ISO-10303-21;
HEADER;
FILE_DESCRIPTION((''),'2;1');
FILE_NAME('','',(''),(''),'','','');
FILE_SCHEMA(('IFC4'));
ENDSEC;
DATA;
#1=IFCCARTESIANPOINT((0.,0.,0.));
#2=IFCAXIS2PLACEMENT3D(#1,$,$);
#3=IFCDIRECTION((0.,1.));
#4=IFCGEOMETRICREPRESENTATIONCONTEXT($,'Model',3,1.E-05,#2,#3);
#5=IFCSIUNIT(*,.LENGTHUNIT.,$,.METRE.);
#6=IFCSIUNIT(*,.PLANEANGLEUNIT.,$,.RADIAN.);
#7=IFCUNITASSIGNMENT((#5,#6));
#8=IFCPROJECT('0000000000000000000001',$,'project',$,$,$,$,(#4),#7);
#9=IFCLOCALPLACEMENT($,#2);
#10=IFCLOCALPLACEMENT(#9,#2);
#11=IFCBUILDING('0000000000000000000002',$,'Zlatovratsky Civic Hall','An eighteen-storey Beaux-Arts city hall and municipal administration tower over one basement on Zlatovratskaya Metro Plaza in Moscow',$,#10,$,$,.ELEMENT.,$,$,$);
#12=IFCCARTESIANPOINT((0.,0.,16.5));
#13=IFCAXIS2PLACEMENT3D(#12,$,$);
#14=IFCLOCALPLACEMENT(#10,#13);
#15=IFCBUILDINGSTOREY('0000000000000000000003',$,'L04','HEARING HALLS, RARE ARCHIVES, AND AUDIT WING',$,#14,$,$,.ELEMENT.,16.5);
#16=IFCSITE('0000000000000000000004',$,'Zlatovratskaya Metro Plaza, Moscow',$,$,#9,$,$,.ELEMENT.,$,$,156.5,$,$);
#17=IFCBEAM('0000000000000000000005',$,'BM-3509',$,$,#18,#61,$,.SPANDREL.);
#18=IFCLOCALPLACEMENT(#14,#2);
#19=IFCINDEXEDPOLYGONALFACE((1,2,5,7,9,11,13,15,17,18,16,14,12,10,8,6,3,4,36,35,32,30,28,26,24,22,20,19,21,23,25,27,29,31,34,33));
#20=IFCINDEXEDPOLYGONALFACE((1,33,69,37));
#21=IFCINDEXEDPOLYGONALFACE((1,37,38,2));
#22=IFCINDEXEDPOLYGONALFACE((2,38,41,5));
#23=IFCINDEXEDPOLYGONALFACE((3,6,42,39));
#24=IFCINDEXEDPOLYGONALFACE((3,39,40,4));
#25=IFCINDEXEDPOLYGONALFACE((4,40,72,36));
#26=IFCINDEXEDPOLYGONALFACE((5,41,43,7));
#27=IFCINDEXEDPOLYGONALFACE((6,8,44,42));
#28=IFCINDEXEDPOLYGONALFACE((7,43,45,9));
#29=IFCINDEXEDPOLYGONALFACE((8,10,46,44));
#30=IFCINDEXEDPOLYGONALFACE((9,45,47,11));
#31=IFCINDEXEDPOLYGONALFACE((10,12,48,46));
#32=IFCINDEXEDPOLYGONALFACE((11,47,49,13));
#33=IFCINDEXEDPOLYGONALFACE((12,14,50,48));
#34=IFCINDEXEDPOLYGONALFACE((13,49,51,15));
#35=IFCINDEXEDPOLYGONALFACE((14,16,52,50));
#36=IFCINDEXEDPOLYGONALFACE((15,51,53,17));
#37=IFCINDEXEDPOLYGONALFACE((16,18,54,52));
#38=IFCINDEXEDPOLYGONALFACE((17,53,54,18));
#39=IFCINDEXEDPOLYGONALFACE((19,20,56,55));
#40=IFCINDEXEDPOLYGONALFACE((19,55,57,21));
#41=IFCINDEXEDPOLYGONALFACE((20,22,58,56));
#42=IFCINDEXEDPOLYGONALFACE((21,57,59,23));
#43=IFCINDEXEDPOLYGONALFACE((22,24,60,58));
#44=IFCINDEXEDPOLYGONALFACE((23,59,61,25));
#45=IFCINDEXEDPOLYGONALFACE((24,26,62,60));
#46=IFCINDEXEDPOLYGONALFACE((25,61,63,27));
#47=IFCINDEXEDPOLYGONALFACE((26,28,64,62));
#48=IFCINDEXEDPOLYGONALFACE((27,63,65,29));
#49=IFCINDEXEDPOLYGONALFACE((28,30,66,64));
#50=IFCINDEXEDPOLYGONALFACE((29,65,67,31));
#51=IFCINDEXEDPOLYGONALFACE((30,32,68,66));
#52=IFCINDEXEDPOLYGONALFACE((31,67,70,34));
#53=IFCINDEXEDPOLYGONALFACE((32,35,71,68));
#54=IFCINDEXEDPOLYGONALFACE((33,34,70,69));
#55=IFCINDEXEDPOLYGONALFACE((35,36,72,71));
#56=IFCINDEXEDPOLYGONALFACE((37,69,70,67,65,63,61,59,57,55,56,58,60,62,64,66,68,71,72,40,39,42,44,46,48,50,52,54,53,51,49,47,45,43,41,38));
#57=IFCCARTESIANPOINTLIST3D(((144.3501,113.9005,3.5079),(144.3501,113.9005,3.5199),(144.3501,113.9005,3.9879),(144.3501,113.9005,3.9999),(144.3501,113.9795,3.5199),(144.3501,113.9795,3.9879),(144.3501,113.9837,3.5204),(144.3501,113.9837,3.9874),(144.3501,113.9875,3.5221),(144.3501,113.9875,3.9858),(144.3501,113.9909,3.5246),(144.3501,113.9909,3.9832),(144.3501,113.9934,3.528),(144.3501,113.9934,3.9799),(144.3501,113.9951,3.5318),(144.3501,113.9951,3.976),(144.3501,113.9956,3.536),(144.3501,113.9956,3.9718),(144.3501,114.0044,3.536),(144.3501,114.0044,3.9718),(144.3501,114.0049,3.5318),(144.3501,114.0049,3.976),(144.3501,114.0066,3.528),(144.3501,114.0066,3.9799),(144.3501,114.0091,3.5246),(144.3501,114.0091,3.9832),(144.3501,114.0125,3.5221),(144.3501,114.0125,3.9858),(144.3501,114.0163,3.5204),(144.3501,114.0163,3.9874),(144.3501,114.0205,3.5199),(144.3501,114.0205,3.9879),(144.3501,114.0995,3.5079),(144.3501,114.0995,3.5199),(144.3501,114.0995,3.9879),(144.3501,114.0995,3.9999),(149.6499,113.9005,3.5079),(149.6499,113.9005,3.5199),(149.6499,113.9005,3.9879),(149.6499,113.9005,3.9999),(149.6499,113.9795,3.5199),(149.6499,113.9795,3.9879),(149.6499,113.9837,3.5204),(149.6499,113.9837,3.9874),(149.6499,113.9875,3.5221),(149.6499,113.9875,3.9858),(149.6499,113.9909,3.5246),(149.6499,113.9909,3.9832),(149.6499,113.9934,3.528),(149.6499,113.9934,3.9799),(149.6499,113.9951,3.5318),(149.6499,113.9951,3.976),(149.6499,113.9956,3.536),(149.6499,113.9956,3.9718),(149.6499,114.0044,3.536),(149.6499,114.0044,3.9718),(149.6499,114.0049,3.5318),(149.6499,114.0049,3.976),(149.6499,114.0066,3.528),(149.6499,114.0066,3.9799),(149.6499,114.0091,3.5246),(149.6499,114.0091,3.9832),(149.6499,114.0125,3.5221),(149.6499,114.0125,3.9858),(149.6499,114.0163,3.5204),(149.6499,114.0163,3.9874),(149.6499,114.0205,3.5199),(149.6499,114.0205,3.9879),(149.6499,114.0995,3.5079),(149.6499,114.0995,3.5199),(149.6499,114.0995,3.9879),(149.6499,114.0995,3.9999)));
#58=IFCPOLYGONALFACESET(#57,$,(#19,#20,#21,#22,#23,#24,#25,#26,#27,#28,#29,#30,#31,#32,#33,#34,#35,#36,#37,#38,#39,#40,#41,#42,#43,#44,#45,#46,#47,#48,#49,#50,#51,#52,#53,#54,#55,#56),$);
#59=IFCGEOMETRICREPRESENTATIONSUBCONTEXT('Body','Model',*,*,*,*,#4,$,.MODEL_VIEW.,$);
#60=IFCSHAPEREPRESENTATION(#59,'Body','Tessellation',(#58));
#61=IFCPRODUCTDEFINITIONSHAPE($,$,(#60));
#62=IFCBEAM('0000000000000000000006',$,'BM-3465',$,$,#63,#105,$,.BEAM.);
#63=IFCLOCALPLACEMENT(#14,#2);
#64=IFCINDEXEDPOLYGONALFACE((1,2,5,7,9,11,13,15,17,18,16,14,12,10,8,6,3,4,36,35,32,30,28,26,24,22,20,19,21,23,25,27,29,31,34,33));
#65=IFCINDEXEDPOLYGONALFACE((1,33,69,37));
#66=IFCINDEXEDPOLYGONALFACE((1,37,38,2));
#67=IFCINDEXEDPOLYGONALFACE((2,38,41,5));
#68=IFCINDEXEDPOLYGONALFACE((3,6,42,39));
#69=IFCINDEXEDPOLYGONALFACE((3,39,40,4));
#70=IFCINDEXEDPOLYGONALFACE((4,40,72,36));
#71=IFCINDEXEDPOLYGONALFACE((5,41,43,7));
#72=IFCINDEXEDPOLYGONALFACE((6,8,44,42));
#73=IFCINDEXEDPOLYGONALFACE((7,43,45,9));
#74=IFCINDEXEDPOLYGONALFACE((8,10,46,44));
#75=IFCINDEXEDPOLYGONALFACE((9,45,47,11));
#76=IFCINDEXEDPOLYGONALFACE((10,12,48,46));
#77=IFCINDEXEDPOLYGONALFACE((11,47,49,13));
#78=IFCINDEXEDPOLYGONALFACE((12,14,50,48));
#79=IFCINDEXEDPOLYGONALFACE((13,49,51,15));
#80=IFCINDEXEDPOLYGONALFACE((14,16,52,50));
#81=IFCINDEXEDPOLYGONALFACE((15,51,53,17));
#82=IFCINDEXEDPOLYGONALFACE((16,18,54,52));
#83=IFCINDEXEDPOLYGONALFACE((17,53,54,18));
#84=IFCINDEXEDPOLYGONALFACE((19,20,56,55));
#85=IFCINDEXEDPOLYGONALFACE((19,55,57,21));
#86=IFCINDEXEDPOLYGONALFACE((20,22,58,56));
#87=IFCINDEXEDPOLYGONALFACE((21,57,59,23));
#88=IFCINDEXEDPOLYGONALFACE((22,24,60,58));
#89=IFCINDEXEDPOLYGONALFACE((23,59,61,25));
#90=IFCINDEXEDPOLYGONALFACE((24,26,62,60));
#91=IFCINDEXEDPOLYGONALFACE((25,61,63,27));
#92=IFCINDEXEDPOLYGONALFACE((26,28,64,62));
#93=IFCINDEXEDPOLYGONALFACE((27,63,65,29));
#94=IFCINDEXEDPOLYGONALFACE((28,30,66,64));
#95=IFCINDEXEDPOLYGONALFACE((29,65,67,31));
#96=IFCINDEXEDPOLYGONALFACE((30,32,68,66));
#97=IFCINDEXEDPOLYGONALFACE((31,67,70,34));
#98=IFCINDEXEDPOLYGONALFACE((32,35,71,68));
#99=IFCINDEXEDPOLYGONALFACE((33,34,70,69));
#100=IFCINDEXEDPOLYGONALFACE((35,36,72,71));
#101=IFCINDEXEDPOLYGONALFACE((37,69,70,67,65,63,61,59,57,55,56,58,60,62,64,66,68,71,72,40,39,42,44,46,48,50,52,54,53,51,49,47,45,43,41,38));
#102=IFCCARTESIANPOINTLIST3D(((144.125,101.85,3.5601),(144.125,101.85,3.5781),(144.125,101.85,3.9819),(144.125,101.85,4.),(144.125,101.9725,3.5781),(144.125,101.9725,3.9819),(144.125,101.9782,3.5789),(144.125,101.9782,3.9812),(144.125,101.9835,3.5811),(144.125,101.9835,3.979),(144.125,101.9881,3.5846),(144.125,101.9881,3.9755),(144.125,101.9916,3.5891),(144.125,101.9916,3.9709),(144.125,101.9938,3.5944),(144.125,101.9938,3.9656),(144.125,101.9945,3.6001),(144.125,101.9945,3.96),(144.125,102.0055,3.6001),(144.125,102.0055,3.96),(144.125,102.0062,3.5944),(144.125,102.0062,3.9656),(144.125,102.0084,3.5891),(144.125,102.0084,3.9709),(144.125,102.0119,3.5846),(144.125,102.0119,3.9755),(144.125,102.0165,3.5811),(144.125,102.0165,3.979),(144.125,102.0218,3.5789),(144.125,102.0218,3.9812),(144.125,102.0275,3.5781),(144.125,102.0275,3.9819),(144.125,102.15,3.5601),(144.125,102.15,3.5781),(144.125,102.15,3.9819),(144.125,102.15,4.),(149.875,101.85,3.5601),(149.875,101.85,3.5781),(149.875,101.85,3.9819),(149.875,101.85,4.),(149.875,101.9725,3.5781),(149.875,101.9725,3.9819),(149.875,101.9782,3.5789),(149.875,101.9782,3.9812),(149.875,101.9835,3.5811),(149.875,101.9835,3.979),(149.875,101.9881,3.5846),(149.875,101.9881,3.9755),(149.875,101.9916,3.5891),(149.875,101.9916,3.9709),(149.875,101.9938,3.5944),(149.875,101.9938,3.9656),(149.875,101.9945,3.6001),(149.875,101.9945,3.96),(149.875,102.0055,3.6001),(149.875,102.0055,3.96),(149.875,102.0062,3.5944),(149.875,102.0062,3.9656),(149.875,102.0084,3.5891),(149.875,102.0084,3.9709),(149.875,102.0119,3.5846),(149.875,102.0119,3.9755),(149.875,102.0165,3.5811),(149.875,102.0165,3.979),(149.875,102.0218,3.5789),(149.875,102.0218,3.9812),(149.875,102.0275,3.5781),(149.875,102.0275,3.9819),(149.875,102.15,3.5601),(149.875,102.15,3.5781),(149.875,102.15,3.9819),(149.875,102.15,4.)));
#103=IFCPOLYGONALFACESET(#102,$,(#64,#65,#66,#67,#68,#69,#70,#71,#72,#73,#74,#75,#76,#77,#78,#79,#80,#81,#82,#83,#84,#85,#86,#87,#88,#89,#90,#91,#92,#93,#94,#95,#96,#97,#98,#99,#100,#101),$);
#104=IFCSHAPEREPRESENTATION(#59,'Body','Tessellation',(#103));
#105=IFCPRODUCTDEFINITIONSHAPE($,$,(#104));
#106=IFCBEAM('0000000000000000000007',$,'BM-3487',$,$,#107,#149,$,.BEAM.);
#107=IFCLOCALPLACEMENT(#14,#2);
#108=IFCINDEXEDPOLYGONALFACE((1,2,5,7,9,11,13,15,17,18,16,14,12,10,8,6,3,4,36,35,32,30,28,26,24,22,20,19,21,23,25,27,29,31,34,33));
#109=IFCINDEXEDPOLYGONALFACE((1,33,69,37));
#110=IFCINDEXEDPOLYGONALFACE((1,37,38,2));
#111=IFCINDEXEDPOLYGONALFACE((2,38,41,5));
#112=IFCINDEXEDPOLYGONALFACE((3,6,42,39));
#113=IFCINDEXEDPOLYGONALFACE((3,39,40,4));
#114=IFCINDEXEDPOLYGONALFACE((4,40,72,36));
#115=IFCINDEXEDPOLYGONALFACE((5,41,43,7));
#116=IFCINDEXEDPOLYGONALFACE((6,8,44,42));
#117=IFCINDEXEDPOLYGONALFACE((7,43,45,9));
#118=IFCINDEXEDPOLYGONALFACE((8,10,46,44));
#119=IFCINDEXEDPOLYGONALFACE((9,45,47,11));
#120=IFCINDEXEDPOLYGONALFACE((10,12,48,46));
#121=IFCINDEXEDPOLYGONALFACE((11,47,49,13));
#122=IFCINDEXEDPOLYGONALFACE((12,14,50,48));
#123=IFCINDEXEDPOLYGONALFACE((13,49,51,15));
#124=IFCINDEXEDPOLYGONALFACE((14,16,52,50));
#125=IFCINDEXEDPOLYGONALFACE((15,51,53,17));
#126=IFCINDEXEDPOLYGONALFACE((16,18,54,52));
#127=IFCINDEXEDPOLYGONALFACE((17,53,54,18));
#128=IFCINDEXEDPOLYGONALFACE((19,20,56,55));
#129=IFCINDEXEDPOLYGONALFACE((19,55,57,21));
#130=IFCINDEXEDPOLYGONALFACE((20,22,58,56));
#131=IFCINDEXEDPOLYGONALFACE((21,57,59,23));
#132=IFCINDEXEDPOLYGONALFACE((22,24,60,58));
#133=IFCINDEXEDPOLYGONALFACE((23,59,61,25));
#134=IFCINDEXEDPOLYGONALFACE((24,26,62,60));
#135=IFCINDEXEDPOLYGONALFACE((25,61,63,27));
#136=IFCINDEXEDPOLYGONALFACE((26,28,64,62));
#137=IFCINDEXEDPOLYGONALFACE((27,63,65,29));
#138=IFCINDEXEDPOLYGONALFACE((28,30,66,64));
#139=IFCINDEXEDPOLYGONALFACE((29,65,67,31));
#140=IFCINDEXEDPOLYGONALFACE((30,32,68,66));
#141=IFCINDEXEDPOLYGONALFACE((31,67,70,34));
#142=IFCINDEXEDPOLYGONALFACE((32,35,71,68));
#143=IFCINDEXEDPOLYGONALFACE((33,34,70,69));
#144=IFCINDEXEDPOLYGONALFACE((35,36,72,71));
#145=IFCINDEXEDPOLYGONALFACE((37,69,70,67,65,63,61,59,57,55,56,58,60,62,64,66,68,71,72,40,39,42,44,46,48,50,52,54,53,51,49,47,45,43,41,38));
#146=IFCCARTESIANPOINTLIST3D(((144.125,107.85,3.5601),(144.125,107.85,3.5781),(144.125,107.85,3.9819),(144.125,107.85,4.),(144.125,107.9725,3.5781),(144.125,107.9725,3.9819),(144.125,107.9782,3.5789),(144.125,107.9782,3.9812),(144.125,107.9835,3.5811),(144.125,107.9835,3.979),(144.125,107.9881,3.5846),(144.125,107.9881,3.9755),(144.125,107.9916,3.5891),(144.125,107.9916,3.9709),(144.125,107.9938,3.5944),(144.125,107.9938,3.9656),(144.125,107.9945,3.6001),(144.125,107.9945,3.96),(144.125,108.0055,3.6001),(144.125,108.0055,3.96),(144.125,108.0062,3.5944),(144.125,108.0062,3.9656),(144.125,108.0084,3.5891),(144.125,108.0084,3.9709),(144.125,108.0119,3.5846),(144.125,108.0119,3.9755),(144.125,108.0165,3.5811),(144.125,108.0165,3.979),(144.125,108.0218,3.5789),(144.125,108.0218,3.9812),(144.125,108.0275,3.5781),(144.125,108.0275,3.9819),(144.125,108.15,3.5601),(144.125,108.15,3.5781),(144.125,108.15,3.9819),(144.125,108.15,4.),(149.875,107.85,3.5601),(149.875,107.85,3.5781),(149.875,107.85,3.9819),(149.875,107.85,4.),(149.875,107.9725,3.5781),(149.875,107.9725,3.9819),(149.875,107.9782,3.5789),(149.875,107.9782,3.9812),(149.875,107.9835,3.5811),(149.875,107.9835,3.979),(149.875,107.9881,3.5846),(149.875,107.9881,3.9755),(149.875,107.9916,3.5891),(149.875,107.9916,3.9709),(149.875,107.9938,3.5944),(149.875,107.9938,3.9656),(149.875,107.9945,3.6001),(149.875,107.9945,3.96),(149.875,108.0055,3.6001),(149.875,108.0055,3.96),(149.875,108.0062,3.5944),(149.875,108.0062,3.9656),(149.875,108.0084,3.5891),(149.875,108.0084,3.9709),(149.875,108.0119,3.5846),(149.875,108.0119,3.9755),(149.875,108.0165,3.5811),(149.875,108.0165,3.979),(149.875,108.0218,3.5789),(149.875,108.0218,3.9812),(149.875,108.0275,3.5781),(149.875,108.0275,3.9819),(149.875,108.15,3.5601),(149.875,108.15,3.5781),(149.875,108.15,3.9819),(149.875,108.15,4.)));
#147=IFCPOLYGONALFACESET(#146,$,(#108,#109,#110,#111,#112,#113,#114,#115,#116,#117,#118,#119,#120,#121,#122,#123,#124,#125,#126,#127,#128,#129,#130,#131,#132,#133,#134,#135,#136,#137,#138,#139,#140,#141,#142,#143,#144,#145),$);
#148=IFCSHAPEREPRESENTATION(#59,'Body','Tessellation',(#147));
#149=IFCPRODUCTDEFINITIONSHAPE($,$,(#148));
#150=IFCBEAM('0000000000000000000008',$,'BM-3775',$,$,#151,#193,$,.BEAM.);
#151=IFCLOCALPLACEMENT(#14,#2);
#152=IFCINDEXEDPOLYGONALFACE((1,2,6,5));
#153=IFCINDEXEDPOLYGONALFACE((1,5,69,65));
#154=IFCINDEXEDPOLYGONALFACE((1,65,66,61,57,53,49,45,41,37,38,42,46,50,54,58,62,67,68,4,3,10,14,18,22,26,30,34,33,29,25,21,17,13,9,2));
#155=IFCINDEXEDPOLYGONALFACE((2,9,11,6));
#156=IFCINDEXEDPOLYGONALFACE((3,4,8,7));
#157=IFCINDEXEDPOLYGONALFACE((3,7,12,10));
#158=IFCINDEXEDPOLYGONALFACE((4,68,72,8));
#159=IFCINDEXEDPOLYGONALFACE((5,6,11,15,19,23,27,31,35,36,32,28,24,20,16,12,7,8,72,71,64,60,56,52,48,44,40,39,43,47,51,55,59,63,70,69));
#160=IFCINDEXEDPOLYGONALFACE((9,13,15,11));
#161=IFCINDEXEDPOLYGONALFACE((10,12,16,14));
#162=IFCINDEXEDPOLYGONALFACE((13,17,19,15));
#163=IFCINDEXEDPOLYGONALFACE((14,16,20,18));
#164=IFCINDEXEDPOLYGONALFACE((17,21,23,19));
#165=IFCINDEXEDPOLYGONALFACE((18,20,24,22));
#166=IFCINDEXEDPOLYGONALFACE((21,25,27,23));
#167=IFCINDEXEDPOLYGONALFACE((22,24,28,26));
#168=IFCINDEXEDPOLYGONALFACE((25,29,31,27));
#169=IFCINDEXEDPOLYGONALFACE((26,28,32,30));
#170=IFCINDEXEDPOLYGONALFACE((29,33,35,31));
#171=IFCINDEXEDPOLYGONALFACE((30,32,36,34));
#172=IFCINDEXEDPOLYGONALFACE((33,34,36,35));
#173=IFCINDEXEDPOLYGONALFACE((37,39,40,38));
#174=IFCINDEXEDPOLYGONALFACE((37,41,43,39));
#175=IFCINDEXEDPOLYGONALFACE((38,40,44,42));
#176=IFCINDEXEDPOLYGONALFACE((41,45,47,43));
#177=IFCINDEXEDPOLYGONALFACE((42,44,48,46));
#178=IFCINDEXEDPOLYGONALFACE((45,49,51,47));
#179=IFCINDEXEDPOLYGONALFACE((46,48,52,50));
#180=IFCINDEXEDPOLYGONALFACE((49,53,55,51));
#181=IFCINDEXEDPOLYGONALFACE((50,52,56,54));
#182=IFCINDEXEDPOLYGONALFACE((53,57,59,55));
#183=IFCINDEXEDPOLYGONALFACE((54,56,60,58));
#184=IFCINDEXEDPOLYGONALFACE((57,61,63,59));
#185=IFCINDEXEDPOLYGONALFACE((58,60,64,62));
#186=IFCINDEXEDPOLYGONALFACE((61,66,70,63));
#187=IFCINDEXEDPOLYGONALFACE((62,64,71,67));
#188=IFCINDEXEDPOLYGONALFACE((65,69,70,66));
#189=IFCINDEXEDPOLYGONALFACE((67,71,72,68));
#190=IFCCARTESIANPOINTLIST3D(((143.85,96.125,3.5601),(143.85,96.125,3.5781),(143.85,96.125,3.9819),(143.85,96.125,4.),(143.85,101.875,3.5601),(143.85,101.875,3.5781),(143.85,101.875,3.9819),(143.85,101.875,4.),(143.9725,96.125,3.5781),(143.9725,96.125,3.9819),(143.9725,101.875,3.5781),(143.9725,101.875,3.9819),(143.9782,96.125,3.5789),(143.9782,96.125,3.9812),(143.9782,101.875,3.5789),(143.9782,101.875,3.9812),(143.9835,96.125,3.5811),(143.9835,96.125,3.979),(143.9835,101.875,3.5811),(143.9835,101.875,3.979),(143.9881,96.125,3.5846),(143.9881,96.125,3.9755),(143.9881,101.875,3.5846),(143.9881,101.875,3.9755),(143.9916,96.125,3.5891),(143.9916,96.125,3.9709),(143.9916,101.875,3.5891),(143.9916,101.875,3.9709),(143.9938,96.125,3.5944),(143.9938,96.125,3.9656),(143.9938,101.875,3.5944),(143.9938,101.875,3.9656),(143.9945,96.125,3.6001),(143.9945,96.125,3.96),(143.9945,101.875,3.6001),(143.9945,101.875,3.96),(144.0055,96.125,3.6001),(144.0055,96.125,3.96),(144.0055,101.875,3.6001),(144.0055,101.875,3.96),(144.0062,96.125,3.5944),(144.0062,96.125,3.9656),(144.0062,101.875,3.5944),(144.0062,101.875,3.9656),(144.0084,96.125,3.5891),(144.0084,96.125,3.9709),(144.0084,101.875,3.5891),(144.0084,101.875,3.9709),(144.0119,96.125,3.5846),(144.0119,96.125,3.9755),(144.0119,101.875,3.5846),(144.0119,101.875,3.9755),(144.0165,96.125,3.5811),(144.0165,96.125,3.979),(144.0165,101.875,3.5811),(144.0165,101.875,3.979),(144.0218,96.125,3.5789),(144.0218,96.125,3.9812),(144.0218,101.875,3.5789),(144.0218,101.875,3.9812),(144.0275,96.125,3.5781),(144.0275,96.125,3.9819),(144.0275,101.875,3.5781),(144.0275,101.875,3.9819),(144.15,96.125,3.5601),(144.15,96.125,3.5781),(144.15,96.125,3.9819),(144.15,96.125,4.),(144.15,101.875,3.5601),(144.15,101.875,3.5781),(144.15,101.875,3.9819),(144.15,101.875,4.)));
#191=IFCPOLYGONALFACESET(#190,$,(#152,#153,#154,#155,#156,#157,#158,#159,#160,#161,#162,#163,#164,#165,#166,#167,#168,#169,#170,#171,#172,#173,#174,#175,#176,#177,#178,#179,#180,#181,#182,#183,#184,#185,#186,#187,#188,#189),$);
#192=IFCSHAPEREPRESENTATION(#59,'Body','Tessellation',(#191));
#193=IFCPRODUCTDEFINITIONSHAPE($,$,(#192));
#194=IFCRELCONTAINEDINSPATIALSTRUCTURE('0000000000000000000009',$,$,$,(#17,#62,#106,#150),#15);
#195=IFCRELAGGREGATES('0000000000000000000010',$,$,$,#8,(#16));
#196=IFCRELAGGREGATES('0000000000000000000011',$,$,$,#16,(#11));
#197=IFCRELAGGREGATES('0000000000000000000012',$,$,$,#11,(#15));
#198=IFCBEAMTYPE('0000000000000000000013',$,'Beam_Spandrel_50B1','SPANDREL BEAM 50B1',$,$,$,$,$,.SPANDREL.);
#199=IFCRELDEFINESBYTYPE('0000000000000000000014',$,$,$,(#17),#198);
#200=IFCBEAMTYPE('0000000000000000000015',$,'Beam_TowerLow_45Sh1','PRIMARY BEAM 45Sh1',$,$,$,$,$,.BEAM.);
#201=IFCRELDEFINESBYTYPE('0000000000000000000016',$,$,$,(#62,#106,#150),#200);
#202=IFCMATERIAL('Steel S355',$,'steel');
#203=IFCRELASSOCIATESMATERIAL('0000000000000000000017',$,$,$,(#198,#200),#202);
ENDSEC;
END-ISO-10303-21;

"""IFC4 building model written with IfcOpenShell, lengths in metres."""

from ifc_helpers import new_model, si_unit, direction, frame, origin, origin_2d, place, context, subcontext, project, spatial, i_section, extrude, material, material_profile, profile_set, type_object, element, save


model = new_model("IFC4")

# Units and contexts
model_context = context("Model", 3, precision=1e-05, world=origin(), true_north=direction((0.0, 1.0)))
body_context = subcontext(model_context, "Body", "Model", "MODEL_VIEW")
ifc_project = project(units=[si_unit("LENGTHUNIT", "METRE"), si_unit("PLANEANGLEUNIT", "RADIAN")], contexts=[model_context])

# Site, building, storey
site_placement = place(None, origin())
site = spatial("IfcSite", under=ifc_project, at=site_placement, Name="Zlatovratskaya Metro Plaza, Moscow", CompositionType="ELEMENT", RefElevation=156.5)
building_placement = place(site_placement, origin())
building = spatial("IfcBuilding", under=site, at=building_placement, Name="Zlatovratsky Civic Hall", Description="An eighteen-storey Beaux-Arts city hall and municipal administration tower over one basement on Zlatovratskaya Metro Plaza in Moscow", CompositionType="ELEMENT")
storey_placement = place(building_placement, frame((0.0, 0.0, 16.5)))
storey = spatial("IfcBuildingStorey", under=building, at=storey_placement, Name="L04", Description="HEARING HALLS, RARE ARCHIVES, AND AUDIT WING", CompositionType="ELEMENT", Elevation=16.5)

# Shared definitions
ifc_material_1 = material(Name="Steel S355", Category="steel")

# Beams
ifc_material_profile_1 = material_profile(ifc_material_1, i_section(OverallWidth=0.199, OverallDepth=0.4919, WebThickness=0.0088, FlangeThickness=0.012, FilletRadius=0.0161, at=origin_2d()), Name="50B1")
ifc_profile_set_1 = profile_set([ifc_material_profile_1], Name="Steel S355")
beam_type_1 = type_object("IfcBeamType", Name="Beam_Spandrel_50B1", Description="SPANDREL BEAM 50B1", PredefinedType="SPANDREL", material=ifc_profile_set_1)
beam_1_placement = place(storey_placement, frame((144.3501, 114.0, 3.7539), z_axis=(1.0, 0.0, 0.0), x_axis=(0.0, 1.0, 0.0)))
element("IfcBeam", 1, at=beam_1_placement, inside=storey, type_object=beam_type_1, Name="BM-3509", PredefinedType="SPANDREL", context=body_context, shape_type="SweptSolid", body=[
    extrude(i_section(OverallWidth=0.199, OverallDepth=0.4919, WebThickness=0.0088, FlangeThickness=0.012, FilletRadius=0.0161, at=origin_2d()), origin(), (0.0, 0.0, 1.0), 5.2998),
])
ifc_material_profile_2 = material_profile(ifc_material_1, i_section(OverallWidth=0.3, OverallDepth=0.4399, WebThickness=0.011, FlangeThickness=0.0181, FilletRadius=0.022, at=origin_2d()), Name="45Sh1")
ifc_profile_set_2 = profile_set([ifc_material_profile_2], Name="Steel S355")
beam_type_2 = type_object("IfcBeamType", Name="Beam_TowerLow_45Sh1", Description="PRIMARY BEAM 45Sh1", PredefinedType="BEAM", material=ifc_profile_set_2)
for number, where, z_axis, x_axis, name in (
    (2, (144.125, 102.0, 3.78), (1.0, 0.0, 0.0), (0.0, 1.0, 0.0), "BM-3465"),
    (3, (144.125, 108.0, 3.78), (1.0, 0.0, 0.0), (0.0, 1.0, 0.0), "BM-3487"),
    (4, (144.0, 96.125, 3.78), (0.0, 1.0, 0.0), (-1.0, 0.0, 0.0), "BM-3775"),
):
    element("IfcBeam", number, at=place(storey_placement, frame(where, z_axis=z_axis, x_axis=x_axis)), inside=storey, type_object=beam_type_2, Name=name, PredefinedType="BEAM", context=body_context, shape_type="SweptSolid", body=[
        extrude(i_section(OverallWidth=0.3, OverallDepth=0.4399, WebThickness=0.011, FlangeThickness=0.0181, FilletRadius=0.022, at=origin_2d()), origin(), (0.0, 0.0, 1.0), 5.75),
    ])

save(model, "model.ifc")
